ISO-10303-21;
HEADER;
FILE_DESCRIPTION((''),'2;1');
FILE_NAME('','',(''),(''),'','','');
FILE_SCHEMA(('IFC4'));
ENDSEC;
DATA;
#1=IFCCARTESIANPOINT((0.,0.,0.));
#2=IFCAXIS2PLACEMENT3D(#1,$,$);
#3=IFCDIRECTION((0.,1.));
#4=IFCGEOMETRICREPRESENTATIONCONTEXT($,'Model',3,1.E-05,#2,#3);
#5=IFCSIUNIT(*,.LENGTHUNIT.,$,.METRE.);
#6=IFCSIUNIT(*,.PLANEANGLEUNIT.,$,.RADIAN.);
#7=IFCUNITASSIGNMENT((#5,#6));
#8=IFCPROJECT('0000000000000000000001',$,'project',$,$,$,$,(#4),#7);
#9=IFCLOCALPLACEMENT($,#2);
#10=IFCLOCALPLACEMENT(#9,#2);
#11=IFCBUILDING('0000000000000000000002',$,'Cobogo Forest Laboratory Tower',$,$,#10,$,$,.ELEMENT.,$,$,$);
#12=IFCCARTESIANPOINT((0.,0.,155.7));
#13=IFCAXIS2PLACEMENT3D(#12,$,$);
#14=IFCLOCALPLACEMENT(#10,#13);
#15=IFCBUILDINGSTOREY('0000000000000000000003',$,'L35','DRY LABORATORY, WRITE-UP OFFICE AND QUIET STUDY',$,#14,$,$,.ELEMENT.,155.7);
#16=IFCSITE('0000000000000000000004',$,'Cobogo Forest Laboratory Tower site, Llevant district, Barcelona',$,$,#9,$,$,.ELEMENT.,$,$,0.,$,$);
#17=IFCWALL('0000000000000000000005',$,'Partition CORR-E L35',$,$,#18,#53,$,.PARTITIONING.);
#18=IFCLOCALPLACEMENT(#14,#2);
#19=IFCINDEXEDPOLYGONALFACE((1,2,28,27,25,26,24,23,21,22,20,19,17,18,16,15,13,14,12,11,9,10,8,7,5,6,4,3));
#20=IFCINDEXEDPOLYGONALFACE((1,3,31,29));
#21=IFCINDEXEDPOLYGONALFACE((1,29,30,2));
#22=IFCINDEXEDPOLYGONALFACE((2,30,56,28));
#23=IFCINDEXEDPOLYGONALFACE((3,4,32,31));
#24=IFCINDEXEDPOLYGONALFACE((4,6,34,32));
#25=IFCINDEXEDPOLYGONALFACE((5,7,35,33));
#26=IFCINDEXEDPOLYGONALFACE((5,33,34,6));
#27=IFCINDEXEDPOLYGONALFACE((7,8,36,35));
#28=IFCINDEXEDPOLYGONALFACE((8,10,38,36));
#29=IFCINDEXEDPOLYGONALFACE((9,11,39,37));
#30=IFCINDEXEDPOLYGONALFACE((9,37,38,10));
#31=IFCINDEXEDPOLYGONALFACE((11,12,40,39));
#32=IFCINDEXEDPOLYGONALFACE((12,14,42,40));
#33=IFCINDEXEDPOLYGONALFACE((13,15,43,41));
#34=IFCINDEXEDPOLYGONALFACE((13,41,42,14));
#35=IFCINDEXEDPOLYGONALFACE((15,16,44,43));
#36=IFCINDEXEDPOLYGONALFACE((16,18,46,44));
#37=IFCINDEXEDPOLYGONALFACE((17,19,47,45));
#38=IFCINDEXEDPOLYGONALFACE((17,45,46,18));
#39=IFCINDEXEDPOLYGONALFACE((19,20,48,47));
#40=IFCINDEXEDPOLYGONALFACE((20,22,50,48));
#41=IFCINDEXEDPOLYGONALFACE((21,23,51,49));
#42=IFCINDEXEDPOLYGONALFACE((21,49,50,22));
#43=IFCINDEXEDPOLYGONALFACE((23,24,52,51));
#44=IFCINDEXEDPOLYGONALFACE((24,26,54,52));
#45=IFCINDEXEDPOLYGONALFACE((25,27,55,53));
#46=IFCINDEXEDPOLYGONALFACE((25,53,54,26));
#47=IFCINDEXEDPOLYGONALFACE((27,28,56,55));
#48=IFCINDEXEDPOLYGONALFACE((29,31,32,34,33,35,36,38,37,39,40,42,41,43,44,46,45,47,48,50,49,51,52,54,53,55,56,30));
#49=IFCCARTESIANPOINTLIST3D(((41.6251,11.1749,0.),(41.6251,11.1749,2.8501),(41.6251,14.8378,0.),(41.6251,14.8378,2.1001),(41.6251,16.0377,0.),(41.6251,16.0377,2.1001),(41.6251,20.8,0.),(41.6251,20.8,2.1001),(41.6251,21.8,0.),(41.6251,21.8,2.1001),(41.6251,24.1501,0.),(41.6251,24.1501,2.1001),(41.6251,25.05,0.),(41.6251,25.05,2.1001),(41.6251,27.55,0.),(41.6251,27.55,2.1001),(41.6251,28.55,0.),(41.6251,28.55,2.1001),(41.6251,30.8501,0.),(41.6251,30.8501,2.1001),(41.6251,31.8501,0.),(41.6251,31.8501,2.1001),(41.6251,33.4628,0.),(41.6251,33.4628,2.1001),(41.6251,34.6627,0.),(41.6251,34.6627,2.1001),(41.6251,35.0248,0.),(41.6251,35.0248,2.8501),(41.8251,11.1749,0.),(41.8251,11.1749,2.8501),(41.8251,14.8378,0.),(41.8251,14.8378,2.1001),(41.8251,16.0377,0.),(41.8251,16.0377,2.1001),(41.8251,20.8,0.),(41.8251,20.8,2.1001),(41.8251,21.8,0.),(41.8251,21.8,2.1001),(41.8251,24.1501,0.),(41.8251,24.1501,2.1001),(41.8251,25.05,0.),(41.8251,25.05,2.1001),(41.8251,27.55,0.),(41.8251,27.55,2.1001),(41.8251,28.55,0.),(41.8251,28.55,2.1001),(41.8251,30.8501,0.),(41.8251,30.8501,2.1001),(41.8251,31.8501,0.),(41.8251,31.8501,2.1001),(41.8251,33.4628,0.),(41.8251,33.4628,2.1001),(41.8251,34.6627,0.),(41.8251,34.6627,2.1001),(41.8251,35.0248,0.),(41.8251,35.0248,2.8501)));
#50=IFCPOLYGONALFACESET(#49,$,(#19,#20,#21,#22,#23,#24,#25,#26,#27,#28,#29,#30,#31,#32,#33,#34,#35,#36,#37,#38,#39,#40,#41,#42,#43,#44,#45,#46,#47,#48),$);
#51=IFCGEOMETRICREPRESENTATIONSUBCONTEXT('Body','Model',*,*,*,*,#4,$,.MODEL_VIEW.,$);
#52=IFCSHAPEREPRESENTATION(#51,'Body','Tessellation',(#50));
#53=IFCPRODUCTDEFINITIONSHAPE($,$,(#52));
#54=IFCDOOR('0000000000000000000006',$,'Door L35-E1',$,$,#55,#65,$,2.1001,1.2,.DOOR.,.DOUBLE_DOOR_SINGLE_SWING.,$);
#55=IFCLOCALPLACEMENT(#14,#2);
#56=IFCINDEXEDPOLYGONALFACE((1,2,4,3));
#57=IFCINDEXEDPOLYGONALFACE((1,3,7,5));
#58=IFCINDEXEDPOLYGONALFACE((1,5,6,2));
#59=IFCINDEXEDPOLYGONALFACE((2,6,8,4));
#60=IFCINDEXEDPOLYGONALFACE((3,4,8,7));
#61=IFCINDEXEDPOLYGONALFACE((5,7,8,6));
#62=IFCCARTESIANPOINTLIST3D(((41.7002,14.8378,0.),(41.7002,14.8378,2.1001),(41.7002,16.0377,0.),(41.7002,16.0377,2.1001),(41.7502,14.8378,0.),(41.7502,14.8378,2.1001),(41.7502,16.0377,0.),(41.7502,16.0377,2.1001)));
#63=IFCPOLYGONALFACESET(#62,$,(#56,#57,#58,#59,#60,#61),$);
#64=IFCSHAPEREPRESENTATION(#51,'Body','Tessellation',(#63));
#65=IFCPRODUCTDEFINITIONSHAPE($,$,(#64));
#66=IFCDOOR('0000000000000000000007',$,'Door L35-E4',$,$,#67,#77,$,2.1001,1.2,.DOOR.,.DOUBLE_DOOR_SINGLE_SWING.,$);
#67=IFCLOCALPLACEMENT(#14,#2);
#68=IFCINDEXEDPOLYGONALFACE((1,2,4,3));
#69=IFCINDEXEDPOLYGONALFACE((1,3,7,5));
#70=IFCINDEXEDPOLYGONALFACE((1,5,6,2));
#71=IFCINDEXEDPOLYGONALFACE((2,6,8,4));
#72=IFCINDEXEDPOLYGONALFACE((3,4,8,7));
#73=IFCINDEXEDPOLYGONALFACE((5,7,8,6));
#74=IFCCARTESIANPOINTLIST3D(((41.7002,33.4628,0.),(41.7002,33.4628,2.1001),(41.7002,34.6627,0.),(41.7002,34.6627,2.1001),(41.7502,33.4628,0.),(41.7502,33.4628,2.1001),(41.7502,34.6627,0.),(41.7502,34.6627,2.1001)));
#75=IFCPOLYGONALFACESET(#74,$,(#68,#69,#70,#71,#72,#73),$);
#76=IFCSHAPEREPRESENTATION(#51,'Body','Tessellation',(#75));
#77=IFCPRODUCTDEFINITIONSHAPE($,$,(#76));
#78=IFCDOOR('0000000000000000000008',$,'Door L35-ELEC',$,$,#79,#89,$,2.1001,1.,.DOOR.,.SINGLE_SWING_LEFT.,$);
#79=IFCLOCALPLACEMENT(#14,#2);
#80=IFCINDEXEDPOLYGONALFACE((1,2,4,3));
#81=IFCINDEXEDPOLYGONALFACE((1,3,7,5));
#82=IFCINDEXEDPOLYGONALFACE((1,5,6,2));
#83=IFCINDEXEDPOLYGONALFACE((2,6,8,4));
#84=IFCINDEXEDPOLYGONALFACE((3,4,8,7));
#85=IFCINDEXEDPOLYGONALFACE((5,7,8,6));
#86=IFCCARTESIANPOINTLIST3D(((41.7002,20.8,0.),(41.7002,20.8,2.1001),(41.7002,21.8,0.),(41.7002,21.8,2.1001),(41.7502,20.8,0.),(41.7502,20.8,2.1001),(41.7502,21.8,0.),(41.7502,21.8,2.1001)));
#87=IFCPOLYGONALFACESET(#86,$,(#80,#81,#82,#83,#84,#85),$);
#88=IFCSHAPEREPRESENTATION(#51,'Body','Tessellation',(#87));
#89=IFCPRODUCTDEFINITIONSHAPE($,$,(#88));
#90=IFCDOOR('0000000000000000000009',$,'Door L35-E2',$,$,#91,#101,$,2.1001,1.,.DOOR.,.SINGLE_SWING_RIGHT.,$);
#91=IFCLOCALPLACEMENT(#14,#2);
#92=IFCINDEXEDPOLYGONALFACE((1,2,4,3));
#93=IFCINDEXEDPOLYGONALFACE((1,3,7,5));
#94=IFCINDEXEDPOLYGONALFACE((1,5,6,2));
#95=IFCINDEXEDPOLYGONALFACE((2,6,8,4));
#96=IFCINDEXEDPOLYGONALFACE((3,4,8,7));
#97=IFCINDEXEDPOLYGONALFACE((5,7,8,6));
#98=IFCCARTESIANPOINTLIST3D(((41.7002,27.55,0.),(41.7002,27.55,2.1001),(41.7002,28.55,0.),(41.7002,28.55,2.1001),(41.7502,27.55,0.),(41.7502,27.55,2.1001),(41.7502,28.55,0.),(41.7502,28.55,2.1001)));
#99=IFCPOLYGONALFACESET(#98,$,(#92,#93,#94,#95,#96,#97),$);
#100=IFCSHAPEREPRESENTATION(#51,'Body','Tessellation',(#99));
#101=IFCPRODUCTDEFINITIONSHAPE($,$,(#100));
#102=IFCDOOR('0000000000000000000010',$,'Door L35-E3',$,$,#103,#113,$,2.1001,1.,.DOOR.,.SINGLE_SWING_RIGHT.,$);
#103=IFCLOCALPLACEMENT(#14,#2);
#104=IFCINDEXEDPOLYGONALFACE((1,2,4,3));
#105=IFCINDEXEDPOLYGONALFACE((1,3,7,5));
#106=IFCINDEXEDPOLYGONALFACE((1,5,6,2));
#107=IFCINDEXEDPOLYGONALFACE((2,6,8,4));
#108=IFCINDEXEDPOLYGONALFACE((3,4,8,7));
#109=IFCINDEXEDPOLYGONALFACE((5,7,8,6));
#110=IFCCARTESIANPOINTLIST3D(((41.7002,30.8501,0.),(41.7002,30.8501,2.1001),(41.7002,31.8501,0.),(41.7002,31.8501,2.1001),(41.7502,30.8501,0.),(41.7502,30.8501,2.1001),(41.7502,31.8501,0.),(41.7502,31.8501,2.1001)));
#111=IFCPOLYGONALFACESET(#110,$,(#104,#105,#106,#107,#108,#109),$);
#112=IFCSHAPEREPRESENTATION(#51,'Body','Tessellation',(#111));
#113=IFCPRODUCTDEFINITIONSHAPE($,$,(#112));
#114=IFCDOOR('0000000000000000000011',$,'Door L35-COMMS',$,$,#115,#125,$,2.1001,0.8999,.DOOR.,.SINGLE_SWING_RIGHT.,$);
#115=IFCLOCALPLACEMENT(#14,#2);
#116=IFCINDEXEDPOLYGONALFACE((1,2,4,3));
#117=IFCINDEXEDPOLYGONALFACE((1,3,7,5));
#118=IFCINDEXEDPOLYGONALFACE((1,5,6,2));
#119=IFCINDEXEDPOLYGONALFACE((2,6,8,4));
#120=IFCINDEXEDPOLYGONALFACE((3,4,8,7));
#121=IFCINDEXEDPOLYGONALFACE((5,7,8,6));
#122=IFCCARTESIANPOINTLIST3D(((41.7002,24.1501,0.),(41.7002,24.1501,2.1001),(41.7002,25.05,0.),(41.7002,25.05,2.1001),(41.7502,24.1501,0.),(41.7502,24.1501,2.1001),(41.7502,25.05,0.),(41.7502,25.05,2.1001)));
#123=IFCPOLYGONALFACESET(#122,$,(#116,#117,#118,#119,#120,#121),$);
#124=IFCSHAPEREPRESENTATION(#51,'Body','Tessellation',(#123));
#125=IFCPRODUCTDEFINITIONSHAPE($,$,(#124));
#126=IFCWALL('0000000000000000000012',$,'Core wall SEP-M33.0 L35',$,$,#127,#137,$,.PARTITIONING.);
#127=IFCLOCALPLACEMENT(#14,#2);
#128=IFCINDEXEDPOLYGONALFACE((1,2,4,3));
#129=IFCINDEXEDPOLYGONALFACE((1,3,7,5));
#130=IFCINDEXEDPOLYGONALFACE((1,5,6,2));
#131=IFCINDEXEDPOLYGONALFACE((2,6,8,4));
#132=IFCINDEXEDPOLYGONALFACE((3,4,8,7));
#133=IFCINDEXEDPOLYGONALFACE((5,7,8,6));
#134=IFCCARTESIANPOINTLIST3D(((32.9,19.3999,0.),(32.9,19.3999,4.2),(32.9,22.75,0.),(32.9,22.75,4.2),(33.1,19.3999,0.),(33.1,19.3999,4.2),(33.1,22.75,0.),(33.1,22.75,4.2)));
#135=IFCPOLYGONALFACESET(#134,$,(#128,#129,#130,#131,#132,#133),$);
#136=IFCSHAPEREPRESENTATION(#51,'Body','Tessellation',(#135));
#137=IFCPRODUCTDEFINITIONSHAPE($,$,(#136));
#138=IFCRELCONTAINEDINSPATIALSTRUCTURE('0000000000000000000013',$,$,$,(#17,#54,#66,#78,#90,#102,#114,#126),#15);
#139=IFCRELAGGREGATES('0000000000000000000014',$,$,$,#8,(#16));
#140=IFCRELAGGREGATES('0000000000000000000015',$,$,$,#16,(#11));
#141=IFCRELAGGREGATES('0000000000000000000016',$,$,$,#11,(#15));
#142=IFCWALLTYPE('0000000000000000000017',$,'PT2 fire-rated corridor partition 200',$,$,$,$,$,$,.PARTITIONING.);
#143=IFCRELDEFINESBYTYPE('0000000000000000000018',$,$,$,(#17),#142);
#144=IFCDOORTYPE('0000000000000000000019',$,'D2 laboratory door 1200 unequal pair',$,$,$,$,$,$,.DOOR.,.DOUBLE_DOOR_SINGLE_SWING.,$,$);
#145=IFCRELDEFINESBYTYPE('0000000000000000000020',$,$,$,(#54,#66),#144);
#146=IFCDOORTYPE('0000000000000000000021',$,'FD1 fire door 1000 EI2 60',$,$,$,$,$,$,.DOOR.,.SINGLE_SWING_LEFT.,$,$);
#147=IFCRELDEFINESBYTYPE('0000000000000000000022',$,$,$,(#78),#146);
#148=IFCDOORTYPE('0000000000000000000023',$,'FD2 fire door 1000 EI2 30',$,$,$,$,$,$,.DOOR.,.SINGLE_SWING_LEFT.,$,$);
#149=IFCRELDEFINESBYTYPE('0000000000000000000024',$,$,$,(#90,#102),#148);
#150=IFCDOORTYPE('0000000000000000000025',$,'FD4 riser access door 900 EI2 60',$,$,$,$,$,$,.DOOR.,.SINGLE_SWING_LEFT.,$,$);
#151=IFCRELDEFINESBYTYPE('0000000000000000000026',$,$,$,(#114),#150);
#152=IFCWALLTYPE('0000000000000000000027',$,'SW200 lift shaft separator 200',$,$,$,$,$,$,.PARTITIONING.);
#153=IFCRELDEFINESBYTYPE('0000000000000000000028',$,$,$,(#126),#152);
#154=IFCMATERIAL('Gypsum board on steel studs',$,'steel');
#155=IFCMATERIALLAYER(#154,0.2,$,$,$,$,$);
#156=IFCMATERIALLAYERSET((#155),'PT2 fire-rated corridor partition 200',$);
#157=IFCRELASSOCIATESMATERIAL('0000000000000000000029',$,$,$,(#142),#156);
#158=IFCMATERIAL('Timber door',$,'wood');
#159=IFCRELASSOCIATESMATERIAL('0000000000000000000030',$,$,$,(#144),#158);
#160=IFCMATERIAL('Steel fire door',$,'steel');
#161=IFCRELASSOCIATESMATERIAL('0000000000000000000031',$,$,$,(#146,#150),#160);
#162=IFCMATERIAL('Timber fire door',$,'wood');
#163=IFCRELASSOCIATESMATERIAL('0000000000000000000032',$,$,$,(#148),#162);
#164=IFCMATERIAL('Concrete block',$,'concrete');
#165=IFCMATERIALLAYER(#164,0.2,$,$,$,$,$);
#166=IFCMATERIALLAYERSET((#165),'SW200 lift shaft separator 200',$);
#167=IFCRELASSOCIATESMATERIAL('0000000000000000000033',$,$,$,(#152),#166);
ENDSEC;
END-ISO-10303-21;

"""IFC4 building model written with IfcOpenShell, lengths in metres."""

from ifc_helpers import new_model, si_unit, direction, frame, frame_2d, origin, place, context, subcontext, project, spatial, rectangle, extrude, material, layer, layer_set, type_object, element, fill, save


model = new_model("IFC4")

# Units and contexts
model_context = context("Model", 3, precision=1e-05, world=origin(), true_north=direction((0.0, 1.0)))
body_context = subcontext(model_context, "Body", "Model", "MODEL_VIEW")
ifc_project = project(units=[si_unit("LENGTHUNIT", "METRE"), si_unit("PLANEANGLEUNIT", "RADIAN")], contexts=[model_context])

# Site, building, storey
site_placement = place(None, origin())
site = spatial("IfcSite", under=ifc_project, at=site_placement, Name="Cobogo Forest Laboratory Tower site, Llevant district, Barcelona", CompositionType="ELEMENT", RefElevation=0.0)
building_placement = place(site_placement, origin())
building = spatial("IfcBuilding", under=site, at=building_placement, Name="Cobogo Forest Laboratory Tower", CompositionType="ELEMENT")
storey_placement = place(building_placement, frame((0.0, 0.0, 155.7)))
storey = spatial("IfcBuildingStorey", under=building, at=storey_placement, Name="L35", Description="DRY LABORATORY, WRITE-UP OFFICE AND QUIET STUDY", CompositionType="ELEMENT", Elevation=155.7)

# Shared definitions
ifc_material_1 = material(Name="Steel fire door", Category="steel")

# Shared definitions
ifc_material_2 = material(Name="Gypsum board on steel studs", Category="steel")

# Wall, openings, doors
ifc_layer_1 = layer(ifc_material_2, 0.2)
ifc_layer_set_1 = layer_set([ifc_layer_1], Name="PT2 fire-rated corridor partition 200")
wall_type_1 = type_object("IfcWallType", Name="PT2 fire-rated corridor partition 200", PredefinedType="PARTITIONING", material=ifc_layer_set_1)
wall_1_placement = place(storey_placement, frame((41.7251, 11.175, 0.0), z_axis=(0.0, 0.0, 1.0), x_axis=(0.0, 1.0, 0.0)))
wall_1 = element("IfcWall", 1, at=wall_1_placement, inside=storey, type_object=wall_type_1, Name="Partition CORR-E L35", PredefinedType="PARTITIONING", context=body_context, shape_type="SweptSolid", body=[
    extrude(rectangle(XDim=23.8499, YDim=0.2, at=frame_2d((11.9248, 0.0))), origin(), (0.0, 0.0, 1.0), 2.8501),
])
opening_1_placement = place(wall_1_placement, frame((3.6626, 0.0, 0.0)))
opening_1 = element("IfcOpeningElement", 2, at=opening_1_placement, cuts=wall_1, PredefinedType="OPENING", context=body_context, shape_type="SweptSolid", body=[
    extrude(rectangle(XDim=1.2, YDim=2.1001, at=frame_2d((0.6001, 1.05))), frame((0.0, 0.1099, 0.0), z_axis=(0.0, -1.0, 0.0), x_axis=(1.0, 0.0, 0.0)), (0.0, 0.0, 1.0), 0.22),
])
opening_2_placement = place(wall_1_placement, frame((9.625, 0.0, 0.0)))
opening_2 = element("IfcOpeningElement", 3, at=opening_2_placement, cuts=wall_1, PredefinedType="OPENING", context=body_context, shape_type="SweptSolid", body=[
    extrude(rectangle(XDim=1.0, YDim=2.1001, at=frame_2d((0.5, 1.05))), frame((0.0, 0.1099, 0.0), z_axis=(0.0, -1.0, 0.0), x_axis=(1.0, 0.0, 0.0)), (0.0, 0.0, 1.0), 0.22),
])
opening_3_placement = place(wall_1_placement, frame((12.9751, 0.0, 0.0)))
opening_3 = element("IfcOpeningElement", 4, at=opening_3_placement, cuts=wall_1, PredefinedType="OPENING", context=body_context, shape_type="SweptSolid", body=[
    extrude(rectangle(XDim=0.8999, YDim=2.1001, at=frame_2d((0.45, 1.05))), frame((0.0, 0.1099, 0.0), z_axis=(0.0, -1.0, 0.0), x_axis=(1.0, 0.0, 0.0)), (0.0, 0.0, 1.0), 0.22),
])
opening_4_placement = place(wall_1_placement, frame((16.375, 0.0, 0.0)))
opening_4 = element("IfcOpeningElement", 5, at=opening_4_placement, cuts=wall_1, PredefinedType="OPENING", context=body_context, shape_type="SweptSolid", body=[
    extrude(rectangle(XDim=1.0, YDim=2.1001, at=frame_2d((0.5, 1.05))), frame((0.0, 0.1099, 0.0), z_axis=(0.0, -1.0, 0.0), x_axis=(1.0, 0.0, 0.0)), (0.0, 0.0, 1.0), 0.22),
])
opening_5_placement = place(wall_1_placement, frame((19.675, 0.0, 0.0)))
opening_5 = element("IfcOpeningElement", 6, at=opening_5_placement, cuts=wall_1, PredefinedType="OPENING", context=body_context, shape_type="SweptSolid", body=[
    extrude(rectangle(XDim=1.0, YDim=2.1001, at=frame_2d((0.5, 1.05))), frame((0.0, 0.1099, 0.0), z_axis=(0.0, -1.0, 0.0), x_axis=(1.0, 0.0, 0.0)), (0.0, 0.0, 1.0), 0.22),
])
opening_6_placement = place(wall_1_placement, frame((22.2876, 0.0, 0.0)))
opening_6 = element("IfcOpeningElement", 7, at=opening_6_placement, cuts=wall_1, PredefinedType="OPENING", context=body_context, shape_type="SweptSolid", body=[
    extrude(rectangle(XDim=1.2, YDim=2.1001, at=frame_2d((0.6001, 1.05))), frame((0.0, 0.1099, 0.0), z_axis=(0.0, -1.0, 0.0), x_axis=(1.0, 0.0, 0.0)), (0.0, 0.0, 1.0), 0.22),
])
ifc_material_3 = material(Name="Timber door", Category="wood")
door_type_1 = type_object("IfcDoorType", Name="D2 laboratory door 1200 unequal pair", OperationType="DOUBLE_DOOR_SINGLE_SWING", PredefinedType="DOOR", material=ifc_material_3)
door_1_placement = place(opening_1_placement, origin())
door_1 = element("IfcDoor", 8, at=door_1_placement, inside=storey, type_object=door_type_1, Name="Door L35-E1", OperationType="DOUBLE_DOOR_SINGLE_SWING", OverallHeight=2.1001, OverallWidth=1.2, PredefinedType="DOOR", context=body_context, shape_type="SweptSolid", body=[
    extrude(rectangle(XDim=1.2, YDim=2.1001, at=frame_2d((0.6001, 1.05))), frame((0.0, 0.0249, 0.0), z_axis=(0.0, -1.0, 0.0), x_axis=(1.0, 0.0, 0.0)), (0.0, 0.0, 1.0), 0.05),
])
fill(opening_1, door_1)
door_2_placement = place(opening_6_placement, origin())
door_2 = element("IfcDoor", 9, at=door_2_placement, inside=storey, type_object=door_type_1, Name="Door L35-E4", OperationType="DOUBLE_DOOR_SINGLE_SWING", OverallHeight=2.1001, OverallWidth=1.2, PredefinedType="DOOR", context=body_context, shape_type="SweptSolid", body=[
    extrude(rectangle(XDim=1.2, YDim=2.1001, at=frame_2d((0.6001, 1.05))), frame((0.0, 0.0249, 0.0), z_axis=(0.0, -1.0, 0.0), x_axis=(1.0, 0.0, 0.0)), (0.0, 0.0, 1.0), 0.05),
])
fill(opening_6, door_2)
door_type_2 = type_object("IfcDoorType", Name="FD1 fire door 1000 EI2 60", OperationType="SINGLE_SWING_LEFT", PredefinedType="DOOR", material=ifc_material_1)
door_3_placement = place(opening_2_placement, origin())
door_3 = element("IfcDoor", 10, at=door_3_placement, inside=storey, type_object=door_type_2, Name="Door L35-ELEC", OperationType="SINGLE_SWING_LEFT", OverallHeight=2.1001, OverallWidth=1.0, PredefinedType="DOOR", context=body_context, shape_type="SweptSolid", body=[
    extrude(rectangle(XDim=1.0, YDim=2.1001, at=frame_2d((0.5, 1.05))), frame((0.0, 0.0249, 0.0), z_axis=(0.0, -1.0, 0.0), x_axis=(1.0, 0.0, 0.0)), (0.0, 0.0, 1.0), 0.05),
])
fill(opening_2, door_3)
ifc_material_4 = material(Name="Timber fire door", Category="wood")
door_type_3 = type_object("IfcDoorType", Name="FD2 fire door 1000 EI2 30", OperationType="SINGLE_SWING_LEFT", PredefinedType="DOOR", material=ifc_material_4)
door_4_placement = place(opening_4_placement, origin())
door_4 = element("IfcDoor", 11, at=door_4_placement, inside=storey, type_object=door_type_3, Name="Door L35-E2", OperationType="SINGLE_SWING_RIGHT", OverallHeight=2.1001, OverallWidth=1.0, PredefinedType="DOOR", context=body_context, shape_type="SweptSolid", body=[
    extrude(rectangle(XDim=1.0, YDim=2.1001, at=frame_2d((0.5, 1.05))), frame((0.0, 0.0249, 0.0), z_axis=(0.0, -1.0, 0.0), x_axis=(1.0, 0.0, 0.0)), (0.0, 0.0, 1.0), 0.05),
])
fill(opening_4, door_4)
door_5_placement = place(opening_5_placement, origin())
door_5 = element("IfcDoor", 12, at=door_5_placement, inside=storey, type_object=door_type_3, Name="Door L35-E3", OperationType="SINGLE_SWING_RIGHT", OverallHeight=2.1001, OverallWidth=1.0, PredefinedType="DOOR", context=body_context, shape_type="SweptSolid", body=[
    extrude(rectangle(XDim=1.0, YDim=2.1001, at=frame_2d((0.5, 1.05))), frame((0.0, 0.0249, 0.0), z_axis=(0.0, -1.0, 0.0), x_axis=(1.0, 0.0, 0.0)), (0.0, 0.0, 1.0), 0.05),
])
fill(opening_5, door_5)
door_type_4 = type_object("IfcDoorType", Name="FD4 riser access door 900 EI2 60", OperationType="SINGLE_SWING_LEFT", PredefinedType="DOOR", material=ifc_material_1)
door_6_placement = place(opening_3_placement, origin())
door_6 = element("IfcDoor", 13, at=door_6_placement, inside=storey, type_object=door_type_4, Name="Door L35-COMMS", OperationType="SINGLE_SWING_RIGHT", OverallHeight=2.1001, OverallWidth=0.8999, PredefinedType="DOOR", context=body_context, shape_type="SweptSolid", body=[
    extrude(rectangle(XDim=0.8999, YDim=2.1001, at=frame_2d((0.45, 1.05))), frame((0.0, 0.0249, 0.0), z_axis=(0.0, -1.0, 0.0), x_axis=(1.0, 0.0, 0.0)), (0.0, 0.0, 1.0), 0.05),
])
fill(opening_3, door_6)

# Wall
ifc_material_5 = material(Name="Concrete block", Category="concrete")
ifc_layer_2 = layer(ifc_material_5, 0.2)
ifc_layer_set_2 = layer_set([ifc_layer_2], Name="SW200 lift shaft separator 200")
wall_type_2 = type_object("IfcWallType", Name="SW200 lift shaft separator 200", PredefinedType="PARTITIONING", material=ifc_layer_set_2)
wall_2_placement = place(storey_placement, frame((33.0, 19.3999, 0.0), z_axis=(0.0, 0.0, 1.0), x_axis=(0.0, 1.0, 0.0)))
element("IfcWall", 14, at=wall_2_placement, inside=storey, type_object=wall_type_2, Name="Core wall SEP-M33.0 L35", PredefinedType="PARTITIONING", context=body_context, shape_type="SweptSolid", body=[
    extrude(rectangle(XDim=3.3501, YDim=0.2, at=frame_2d((1.675, 0.0))), origin(), (0.0, 0.0, 1.0), 4.2),
])

save(model, "model.ifc")
